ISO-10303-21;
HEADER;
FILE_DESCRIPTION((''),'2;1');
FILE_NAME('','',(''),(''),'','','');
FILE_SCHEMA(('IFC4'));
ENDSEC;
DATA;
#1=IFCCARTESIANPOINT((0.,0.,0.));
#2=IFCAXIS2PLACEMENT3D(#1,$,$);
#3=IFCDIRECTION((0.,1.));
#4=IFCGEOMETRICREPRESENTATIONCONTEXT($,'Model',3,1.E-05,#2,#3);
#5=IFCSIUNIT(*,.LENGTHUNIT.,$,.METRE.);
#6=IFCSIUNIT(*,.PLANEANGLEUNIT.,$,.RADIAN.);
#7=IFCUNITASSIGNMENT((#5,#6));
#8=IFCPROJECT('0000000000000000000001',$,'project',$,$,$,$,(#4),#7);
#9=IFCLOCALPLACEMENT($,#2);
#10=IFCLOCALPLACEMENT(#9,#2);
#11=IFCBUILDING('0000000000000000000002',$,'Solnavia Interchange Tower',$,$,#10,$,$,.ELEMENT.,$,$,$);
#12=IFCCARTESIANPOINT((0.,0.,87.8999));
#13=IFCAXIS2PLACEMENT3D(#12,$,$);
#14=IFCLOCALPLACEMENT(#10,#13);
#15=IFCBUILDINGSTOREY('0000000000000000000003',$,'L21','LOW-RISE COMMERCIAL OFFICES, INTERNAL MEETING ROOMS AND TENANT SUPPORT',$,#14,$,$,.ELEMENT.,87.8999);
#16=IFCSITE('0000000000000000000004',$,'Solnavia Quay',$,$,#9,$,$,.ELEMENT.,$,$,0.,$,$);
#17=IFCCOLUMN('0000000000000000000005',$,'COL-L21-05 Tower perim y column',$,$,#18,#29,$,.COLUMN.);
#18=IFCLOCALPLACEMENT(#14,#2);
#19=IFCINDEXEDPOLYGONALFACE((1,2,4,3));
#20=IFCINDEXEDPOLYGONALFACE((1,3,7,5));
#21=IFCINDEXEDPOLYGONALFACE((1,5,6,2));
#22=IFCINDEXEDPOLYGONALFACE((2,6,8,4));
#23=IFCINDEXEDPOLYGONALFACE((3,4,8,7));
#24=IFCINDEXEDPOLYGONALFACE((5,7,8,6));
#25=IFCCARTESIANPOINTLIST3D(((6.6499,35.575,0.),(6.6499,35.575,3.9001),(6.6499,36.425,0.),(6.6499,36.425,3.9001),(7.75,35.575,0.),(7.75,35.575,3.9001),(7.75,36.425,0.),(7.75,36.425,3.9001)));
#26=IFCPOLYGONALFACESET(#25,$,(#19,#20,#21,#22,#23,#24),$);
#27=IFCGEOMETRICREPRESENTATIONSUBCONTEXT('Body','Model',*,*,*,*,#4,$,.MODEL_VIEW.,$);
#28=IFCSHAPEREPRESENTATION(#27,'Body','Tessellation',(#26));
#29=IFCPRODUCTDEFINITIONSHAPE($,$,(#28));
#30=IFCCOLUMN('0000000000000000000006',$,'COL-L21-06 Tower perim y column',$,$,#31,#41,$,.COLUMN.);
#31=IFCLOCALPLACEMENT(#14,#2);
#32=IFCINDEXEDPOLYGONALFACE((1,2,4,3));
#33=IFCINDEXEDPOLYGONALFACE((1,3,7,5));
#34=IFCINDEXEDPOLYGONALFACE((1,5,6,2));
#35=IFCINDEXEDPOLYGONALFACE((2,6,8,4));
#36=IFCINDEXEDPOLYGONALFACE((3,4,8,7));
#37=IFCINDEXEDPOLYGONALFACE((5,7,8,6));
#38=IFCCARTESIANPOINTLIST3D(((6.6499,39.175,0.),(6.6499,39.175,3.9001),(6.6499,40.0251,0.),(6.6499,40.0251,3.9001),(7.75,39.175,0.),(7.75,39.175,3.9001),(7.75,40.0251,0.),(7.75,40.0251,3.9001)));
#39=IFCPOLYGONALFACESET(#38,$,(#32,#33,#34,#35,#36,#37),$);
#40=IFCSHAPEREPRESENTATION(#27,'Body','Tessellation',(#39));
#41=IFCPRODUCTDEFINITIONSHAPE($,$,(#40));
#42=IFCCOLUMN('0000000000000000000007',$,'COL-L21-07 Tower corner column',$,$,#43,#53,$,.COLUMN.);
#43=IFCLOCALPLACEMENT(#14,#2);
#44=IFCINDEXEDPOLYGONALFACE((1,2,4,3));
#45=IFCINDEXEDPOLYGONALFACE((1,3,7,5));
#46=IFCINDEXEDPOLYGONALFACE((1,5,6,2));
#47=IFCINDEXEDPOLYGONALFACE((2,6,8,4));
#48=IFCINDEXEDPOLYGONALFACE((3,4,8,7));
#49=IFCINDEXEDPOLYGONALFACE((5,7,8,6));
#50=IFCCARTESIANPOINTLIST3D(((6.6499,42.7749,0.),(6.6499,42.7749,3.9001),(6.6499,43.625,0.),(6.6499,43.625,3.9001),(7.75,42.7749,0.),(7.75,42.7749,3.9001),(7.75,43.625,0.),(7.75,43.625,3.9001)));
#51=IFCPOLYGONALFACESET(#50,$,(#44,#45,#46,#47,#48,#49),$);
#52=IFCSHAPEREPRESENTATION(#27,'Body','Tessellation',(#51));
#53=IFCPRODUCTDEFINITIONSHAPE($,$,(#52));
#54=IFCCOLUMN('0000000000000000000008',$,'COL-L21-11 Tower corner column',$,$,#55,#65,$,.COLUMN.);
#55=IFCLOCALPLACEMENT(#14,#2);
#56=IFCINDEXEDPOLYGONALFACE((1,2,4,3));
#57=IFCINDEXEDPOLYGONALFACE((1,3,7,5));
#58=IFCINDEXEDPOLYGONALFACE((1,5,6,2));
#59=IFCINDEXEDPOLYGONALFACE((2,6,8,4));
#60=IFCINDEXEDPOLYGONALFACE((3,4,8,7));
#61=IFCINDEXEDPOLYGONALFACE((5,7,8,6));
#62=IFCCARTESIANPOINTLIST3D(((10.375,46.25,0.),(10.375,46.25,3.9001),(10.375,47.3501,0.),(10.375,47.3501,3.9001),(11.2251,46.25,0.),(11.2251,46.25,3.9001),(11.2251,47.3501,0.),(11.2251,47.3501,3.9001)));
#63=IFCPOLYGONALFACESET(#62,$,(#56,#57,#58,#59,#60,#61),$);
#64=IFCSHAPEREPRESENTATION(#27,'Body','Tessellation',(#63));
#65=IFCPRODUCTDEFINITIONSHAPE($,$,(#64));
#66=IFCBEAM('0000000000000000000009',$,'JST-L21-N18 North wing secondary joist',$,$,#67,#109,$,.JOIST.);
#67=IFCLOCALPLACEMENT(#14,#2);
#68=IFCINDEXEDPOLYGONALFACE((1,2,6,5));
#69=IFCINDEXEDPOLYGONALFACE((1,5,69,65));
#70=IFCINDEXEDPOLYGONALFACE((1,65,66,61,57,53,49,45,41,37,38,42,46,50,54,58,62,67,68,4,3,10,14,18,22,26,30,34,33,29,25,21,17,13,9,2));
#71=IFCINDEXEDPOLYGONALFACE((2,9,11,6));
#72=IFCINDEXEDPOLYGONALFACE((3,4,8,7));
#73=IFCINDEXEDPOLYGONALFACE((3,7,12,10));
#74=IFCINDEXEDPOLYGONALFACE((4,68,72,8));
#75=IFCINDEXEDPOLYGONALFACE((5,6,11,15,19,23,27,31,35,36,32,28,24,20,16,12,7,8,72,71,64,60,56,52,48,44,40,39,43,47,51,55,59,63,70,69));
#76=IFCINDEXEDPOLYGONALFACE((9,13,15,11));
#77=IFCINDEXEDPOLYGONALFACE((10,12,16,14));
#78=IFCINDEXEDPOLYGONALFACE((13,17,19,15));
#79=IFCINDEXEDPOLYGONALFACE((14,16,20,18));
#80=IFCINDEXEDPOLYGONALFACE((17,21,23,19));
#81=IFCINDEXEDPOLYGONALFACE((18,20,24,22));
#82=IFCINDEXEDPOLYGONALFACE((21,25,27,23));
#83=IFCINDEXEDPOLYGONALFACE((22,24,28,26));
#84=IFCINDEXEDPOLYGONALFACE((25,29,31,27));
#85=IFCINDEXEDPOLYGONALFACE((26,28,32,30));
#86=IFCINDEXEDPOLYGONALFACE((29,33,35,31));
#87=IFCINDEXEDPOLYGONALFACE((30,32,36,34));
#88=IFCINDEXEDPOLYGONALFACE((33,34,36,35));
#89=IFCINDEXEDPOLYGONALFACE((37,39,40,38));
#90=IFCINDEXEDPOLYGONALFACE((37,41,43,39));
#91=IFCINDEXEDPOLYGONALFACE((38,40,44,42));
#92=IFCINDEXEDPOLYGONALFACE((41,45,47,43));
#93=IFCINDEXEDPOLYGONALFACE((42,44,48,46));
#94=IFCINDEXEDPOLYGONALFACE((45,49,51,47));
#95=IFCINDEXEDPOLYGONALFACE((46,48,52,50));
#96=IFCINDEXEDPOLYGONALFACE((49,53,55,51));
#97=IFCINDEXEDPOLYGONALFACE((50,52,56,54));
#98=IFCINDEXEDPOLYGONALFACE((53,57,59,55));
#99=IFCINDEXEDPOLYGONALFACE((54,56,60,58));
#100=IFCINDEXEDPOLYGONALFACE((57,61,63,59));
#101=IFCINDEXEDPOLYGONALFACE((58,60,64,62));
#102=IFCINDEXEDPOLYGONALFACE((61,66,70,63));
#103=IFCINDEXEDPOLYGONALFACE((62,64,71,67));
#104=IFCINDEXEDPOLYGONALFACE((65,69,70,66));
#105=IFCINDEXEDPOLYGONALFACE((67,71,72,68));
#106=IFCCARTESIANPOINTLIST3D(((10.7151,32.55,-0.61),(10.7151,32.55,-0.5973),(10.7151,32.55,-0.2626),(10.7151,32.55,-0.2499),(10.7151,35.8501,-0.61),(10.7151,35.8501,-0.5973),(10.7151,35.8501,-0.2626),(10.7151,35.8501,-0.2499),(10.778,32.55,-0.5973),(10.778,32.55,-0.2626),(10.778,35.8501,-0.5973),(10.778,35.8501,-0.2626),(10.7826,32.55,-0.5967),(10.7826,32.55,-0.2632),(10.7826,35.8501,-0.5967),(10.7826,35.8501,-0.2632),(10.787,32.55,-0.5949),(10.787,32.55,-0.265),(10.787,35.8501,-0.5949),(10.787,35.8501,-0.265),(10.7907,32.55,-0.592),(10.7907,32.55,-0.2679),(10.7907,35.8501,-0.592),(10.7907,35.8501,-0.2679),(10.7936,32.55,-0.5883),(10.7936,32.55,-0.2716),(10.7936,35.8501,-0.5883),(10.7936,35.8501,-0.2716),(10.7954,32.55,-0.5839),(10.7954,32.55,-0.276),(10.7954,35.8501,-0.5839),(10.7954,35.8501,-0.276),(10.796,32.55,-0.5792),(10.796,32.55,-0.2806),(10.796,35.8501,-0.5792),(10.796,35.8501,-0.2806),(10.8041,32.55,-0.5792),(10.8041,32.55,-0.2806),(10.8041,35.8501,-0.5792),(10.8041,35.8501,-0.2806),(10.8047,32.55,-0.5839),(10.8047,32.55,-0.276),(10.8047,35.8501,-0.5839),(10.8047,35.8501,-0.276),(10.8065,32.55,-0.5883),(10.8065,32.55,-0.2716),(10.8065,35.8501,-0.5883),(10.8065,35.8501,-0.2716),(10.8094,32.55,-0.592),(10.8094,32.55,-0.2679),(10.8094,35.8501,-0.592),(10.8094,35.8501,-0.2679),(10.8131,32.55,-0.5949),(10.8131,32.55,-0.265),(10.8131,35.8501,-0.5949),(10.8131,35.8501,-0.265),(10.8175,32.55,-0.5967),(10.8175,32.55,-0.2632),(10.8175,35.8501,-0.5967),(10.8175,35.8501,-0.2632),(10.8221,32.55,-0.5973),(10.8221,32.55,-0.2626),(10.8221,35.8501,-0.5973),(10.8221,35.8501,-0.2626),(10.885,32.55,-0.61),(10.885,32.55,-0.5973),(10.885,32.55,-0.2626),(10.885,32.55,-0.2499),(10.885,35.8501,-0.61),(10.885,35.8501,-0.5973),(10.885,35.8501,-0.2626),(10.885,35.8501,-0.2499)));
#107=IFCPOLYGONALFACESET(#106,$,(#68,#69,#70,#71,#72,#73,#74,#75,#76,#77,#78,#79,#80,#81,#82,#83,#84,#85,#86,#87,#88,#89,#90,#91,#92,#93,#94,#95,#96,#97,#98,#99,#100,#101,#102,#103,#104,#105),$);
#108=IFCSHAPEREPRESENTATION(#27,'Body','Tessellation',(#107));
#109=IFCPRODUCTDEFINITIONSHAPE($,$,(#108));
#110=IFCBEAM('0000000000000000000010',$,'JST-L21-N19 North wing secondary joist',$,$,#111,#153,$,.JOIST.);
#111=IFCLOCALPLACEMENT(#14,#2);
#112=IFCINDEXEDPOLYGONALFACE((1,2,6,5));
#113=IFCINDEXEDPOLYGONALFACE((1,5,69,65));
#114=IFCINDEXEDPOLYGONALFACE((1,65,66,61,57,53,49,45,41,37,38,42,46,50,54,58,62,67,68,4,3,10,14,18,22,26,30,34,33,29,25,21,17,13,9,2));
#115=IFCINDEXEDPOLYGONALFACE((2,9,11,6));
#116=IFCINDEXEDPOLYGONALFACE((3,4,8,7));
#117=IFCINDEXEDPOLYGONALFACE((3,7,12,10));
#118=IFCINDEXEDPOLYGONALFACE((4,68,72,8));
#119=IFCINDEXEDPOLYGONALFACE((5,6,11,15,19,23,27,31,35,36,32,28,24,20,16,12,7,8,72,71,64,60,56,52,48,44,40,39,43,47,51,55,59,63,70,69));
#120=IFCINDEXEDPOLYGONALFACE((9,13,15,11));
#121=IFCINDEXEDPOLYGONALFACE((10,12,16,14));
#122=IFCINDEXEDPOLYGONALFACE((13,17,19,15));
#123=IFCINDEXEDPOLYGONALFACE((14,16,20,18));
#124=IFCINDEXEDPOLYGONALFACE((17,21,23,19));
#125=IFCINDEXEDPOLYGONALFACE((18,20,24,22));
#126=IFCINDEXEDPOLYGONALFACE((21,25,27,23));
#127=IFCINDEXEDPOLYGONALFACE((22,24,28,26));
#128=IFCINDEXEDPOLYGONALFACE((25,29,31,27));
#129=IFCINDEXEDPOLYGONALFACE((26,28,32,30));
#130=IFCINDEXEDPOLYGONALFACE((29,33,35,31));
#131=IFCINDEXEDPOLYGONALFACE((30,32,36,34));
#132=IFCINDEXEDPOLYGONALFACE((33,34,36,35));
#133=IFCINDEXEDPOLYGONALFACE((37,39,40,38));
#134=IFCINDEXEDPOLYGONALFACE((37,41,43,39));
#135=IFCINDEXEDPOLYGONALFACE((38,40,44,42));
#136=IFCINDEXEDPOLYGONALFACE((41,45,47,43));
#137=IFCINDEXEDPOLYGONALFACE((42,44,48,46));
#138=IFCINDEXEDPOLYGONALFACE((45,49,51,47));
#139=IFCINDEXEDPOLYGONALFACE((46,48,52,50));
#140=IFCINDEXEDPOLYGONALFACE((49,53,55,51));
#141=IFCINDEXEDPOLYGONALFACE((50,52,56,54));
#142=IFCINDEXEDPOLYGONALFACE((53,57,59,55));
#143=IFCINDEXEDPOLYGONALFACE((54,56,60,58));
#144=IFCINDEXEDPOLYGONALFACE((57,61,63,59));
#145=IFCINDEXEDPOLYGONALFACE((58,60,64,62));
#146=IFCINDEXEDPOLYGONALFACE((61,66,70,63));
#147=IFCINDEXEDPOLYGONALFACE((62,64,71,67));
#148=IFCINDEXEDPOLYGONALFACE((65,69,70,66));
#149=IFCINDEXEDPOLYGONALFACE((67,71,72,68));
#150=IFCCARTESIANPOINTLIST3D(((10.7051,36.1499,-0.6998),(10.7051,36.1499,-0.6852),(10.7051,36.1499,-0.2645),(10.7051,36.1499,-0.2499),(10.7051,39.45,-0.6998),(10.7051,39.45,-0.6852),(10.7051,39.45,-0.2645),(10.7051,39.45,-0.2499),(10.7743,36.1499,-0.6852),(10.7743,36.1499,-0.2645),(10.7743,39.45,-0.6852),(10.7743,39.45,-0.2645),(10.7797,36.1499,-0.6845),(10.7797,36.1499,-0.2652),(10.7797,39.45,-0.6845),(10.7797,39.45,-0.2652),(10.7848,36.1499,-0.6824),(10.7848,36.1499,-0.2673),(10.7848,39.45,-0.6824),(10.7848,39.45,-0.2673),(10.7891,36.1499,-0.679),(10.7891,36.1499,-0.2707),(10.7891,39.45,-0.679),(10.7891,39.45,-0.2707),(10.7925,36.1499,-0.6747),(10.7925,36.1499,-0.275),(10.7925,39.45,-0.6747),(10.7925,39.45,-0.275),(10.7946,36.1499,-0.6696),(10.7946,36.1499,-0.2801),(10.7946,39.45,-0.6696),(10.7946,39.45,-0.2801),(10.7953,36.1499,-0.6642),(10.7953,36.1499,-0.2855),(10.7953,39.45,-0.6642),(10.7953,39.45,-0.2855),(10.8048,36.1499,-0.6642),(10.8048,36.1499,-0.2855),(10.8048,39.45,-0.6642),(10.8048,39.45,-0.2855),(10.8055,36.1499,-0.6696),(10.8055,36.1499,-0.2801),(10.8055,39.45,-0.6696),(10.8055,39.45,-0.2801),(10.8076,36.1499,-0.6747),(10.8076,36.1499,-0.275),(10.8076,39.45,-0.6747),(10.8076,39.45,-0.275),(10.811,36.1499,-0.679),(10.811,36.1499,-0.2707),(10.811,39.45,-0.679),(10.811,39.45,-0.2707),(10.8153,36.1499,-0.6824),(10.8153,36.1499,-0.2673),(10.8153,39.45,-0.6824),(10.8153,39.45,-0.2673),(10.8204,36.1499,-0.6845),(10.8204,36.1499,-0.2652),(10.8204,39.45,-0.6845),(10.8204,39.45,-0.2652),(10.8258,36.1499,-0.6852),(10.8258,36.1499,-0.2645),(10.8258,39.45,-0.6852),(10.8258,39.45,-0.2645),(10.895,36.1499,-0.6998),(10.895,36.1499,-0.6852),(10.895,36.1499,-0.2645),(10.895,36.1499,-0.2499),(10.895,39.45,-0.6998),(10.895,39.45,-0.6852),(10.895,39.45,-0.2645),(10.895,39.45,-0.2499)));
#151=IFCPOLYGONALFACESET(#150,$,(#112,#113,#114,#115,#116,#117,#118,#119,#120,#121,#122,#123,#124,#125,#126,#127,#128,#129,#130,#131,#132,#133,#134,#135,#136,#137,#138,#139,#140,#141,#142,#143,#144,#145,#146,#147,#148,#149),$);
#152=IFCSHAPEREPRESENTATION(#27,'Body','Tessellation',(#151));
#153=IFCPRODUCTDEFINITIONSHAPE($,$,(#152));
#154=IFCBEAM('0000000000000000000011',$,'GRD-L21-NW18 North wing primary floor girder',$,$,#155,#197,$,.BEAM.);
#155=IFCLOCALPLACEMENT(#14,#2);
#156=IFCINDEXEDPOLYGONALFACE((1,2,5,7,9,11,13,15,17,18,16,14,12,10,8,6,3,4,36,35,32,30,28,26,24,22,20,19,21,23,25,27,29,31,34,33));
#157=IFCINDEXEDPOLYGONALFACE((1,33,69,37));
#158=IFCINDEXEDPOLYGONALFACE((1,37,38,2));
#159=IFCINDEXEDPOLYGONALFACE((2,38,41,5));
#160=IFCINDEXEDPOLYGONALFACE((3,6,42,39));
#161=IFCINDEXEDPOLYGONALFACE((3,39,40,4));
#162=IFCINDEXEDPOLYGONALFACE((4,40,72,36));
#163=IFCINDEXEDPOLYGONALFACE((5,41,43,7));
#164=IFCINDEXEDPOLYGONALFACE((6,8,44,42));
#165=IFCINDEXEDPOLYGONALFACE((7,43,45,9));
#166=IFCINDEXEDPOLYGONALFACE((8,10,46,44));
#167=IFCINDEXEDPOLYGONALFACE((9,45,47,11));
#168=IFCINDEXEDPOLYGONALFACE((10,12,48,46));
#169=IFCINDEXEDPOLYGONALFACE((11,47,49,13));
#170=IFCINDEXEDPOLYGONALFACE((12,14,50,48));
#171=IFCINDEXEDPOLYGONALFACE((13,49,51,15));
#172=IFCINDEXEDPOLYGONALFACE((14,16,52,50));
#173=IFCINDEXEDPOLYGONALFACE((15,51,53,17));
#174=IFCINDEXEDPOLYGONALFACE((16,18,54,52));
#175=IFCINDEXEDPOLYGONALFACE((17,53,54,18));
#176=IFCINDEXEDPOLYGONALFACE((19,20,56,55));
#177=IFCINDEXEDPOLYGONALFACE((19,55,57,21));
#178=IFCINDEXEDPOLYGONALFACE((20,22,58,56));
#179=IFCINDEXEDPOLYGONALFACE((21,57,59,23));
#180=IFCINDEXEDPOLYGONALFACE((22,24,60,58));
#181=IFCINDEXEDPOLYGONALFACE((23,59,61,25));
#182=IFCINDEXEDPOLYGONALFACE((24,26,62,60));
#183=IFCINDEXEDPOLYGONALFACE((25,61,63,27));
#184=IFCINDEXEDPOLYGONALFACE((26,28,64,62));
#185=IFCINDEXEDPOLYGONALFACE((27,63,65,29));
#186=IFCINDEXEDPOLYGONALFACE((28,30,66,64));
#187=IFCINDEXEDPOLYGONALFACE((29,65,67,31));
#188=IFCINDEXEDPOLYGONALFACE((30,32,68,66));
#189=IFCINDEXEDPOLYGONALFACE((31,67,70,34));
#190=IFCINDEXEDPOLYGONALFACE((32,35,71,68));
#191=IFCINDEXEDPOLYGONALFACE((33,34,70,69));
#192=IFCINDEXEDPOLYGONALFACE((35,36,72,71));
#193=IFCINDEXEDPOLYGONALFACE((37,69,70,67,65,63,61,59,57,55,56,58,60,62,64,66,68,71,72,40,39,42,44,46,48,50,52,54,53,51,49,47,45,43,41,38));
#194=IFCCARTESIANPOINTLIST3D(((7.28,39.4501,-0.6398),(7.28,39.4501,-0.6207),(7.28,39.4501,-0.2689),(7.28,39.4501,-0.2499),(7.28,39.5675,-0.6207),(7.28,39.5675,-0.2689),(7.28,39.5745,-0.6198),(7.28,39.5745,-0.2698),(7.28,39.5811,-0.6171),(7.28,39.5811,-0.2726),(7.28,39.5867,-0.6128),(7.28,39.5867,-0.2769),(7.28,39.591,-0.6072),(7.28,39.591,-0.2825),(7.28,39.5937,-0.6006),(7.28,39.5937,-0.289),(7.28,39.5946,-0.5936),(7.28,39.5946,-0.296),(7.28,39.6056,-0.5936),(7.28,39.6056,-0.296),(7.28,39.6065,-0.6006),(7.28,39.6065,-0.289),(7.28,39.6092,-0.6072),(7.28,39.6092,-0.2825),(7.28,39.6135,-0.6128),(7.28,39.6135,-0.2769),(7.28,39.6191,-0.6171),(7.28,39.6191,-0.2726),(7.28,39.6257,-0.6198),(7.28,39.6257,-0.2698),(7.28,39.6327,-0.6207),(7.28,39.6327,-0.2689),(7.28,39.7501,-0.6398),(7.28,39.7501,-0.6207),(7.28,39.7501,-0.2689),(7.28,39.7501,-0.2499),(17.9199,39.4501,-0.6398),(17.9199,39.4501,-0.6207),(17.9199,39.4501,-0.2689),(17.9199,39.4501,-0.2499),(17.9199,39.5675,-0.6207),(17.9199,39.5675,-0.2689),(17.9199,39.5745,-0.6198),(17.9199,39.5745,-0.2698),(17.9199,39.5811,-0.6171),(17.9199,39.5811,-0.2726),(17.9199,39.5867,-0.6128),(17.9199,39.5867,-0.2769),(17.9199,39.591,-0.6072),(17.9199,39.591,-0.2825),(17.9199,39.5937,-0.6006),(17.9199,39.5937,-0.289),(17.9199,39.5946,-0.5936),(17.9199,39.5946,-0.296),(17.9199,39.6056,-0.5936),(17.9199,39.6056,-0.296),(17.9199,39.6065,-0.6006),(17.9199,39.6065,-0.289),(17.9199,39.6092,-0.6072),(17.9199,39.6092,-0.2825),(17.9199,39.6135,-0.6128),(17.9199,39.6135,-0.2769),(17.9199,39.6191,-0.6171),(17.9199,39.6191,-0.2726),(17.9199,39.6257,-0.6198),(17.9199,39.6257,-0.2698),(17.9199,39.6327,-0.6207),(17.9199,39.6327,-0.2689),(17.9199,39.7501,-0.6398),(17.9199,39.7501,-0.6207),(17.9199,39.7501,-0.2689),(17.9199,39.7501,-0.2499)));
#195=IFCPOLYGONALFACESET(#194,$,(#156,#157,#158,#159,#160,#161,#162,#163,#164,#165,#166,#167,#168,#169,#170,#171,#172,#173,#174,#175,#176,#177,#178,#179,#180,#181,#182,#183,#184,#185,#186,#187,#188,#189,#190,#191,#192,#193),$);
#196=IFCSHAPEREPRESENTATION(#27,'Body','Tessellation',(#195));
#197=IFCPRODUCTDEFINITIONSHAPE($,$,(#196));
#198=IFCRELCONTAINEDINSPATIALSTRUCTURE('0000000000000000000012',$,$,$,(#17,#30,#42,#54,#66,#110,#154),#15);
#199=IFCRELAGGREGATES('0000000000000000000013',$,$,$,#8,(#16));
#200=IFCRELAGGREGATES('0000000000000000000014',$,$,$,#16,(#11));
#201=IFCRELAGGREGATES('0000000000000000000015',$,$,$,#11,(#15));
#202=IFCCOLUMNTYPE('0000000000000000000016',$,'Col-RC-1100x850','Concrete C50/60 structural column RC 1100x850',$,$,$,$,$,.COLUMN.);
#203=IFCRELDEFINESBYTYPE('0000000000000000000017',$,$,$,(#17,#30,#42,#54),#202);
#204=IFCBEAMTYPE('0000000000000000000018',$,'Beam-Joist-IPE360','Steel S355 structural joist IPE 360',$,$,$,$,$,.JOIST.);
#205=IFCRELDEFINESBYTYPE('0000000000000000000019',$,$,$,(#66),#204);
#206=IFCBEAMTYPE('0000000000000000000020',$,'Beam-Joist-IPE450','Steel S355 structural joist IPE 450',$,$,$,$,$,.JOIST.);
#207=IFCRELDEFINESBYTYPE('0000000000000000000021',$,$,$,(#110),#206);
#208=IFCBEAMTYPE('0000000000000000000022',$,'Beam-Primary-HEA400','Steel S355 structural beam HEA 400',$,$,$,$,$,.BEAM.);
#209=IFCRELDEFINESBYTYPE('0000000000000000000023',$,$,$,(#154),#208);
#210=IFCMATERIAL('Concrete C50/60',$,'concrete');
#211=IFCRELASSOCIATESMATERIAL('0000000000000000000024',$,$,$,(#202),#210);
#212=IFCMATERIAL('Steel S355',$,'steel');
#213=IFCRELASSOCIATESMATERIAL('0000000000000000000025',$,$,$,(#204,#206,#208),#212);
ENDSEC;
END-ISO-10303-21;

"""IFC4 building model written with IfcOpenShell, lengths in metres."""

from ifc_helpers import new_model, si_unit, direction, frame, origin, origin_2d, place, context, subcontext, project, spatial, rectangle, i_section, extrude, material, material_profile, profile_set, type_object, element, save


model = new_model("IFC4")

# Units and contexts
model_context = context("Model", 3, precision=1e-05, world=origin(), true_north=direction((0.0, 1.0)))
body_context = subcontext(model_context, "Body", "Model", "MODEL_VIEW")
ifc_project = project(units=[si_unit("LENGTHUNIT", "METRE"), si_unit("PLANEANGLEUNIT", "RADIAN")], contexts=[model_context])

# Site, building, storey
site_placement = place(None, origin())
site = spatial("IfcSite", under=ifc_project, at=site_placement, Name="Solnavia Quay", CompositionType="ELEMENT", RefElevation=0.0)
building_placement = place(site_placement, origin())
building = spatial("IfcBuilding", under=site, at=building_placement, Name="Solnavia Interchange Tower", CompositionType="ELEMENT")
storey_placement = place(building_placement, frame((0.0, 0.0, 87.8999)))
storey = spatial("IfcBuildingStorey", under=building, at=storey_placement, Name="L21", Description="LOW-RISE COMMERCIAL OFFICES, INTERNAL MEETING ROOMS AND TENANT SUPPORT", CompositionType="ELEMENT", Elevation=87.8999)

# Columns
ifc_material_1 = material(Name="Concrete C50/60", Category="concrete")
ifc_material_profile_1 = material_profile(ifc_material_1, rectangle(XDim=0.8501, YDim=1.1001, at=origin_2d()), Name="RC 1100x850")
ifc_profile_set_1 = profile_set([ifc_material_profile_1], Name="Concrete C50/60")
column_type = type_object("IfcColumnType", Name="Col-RC-1100x850", Description="Concrete C50/60 structural column RC 1100x850", PredefinedType="COLUMN", material=ifc_profile_set_1)
for number, where, z_axis, x_axis, name in (
    (1, (7.2, 36.0, 0.0), (0.0, 0.0, 1.0), (0.0, 1.0, 0.0), "COL-L21-05 Tower perim y column"),
    (2, (7.2, 39.6001, 0.0), (0.0, 0.0, 1.0), (0.0, 1.0, 0.0), "COL-L21-06 Tower perim y column"),
    (3, (7.2, 43.2, 0.0), (0.0, 0.0, 1.0), (0.0, 1.0, 0.0), "COL-L21-07 Tower corner column"),
    (4, (10.8, 46.8, 0.0), (0.0, 0.0, 1.0), (1.0, 0.0, 0.0), "COL-L21-11 Tower corner column"),
):
    element("IfcColumn", number, at=place(storey_placement, frame(where, z_axis=z_axis, x_axis=x_axis)), inside=storey, type_object=column_type, Name=name, PredefinedType="COLUMN", context=body_context, shape_type="SweptSolid", body=[
        extrude(rectangle(XDim=0.8501, YDim=1.1001, at=origin_2d()), origin(), (0.0, 0.0, 1.0), 3.9001),
    ])

# Beams
ifc_material_2 = material(Name="Steel S355", Category="steel")
ifc_material_profile_2 = material_profile(ifc_material_2, i_section(OverallWidth=0.1699, OverallDepth=0.3601, WebThickness=0.0081, FlangeThickness=0.0127, FilletRadius=0.0181, at=origin_2d()), Name="IPE 360")
ifc_profile_set_2 = profile_set([ifc_material_profile_2], Name="Steel S355")
beam_type_1 = type_object("IfcBeamType", Name="Beam-Joist-IPE360", Description="Steel S355 structural joist IPE 360", PredefinedType="JOIST", material=ifc_profile_set_2)
beam_1_placement = place(storey_placement, frame((10.8, 32.55, -0.4299), z_axis=(0.0, 1.0, 0.0), x_axis=(-1.0, 0.0, 0.0)))
element("IfcBeam", 5, at=beam_1_placement, inside=storey, type_object=beam_type_1, Name="JST-L21-N18 North wing secondary joist", PredefinedType="JOIST", context=body_context, shape_type="SweptSolid", body=[
    extrude(i_section(OverallWidth=0.1699, OverallDepth=0.3601, WebThickness=0.0081, FlangeThickness=0.0127, FilletRadius=0.0181, at=origin_2d()), origin(), (0.0, 0.0, 1.0), 3.3),
])
ifc_material_profile_3 = material_profile(ifc_material_2, i_section(OverallWidth=0.1899, OverallDepth=0.45, WebThickness=0.0095, FlangeThickness=0.0146, FilletRadius=0.021, at=origin_2d()), Name="IPE 450")
ifc_profile_set_3 = profile_set([ifc_material_profile_3], Name="Steel S355")
beam_type_2 = type_object("IfcBeamType", Name="Beam-Joist-IPE450", Description="Steel S355 structural joist IPE 450", PredefinedType="JOIST", material=ifc_profile_set_3)
beam_2_placement = place(storey_placement, frame((10.8, 36.1499, -0.4749), z_axis=(0.0, 1.0, 0.0), x_axis=(-1.0, 0.0, 0.0)))
element("IfcBeam", 6, at=beam_2_placement, inside=storey, type_object=beam_type_2, Name="JST-L21-N19 North wing secondary joist", PredefinedType="JOIST", context=body_context, shape_type="SweptSolid", body=[
    extrude(i_section(OverallWidth=0.1899, OverallDepth=0.45, WebThickness=0.0095, FlangeThickness=0.0146, FilletRadius=0.021, at=origin_2d()), origin(), (0.0, 0.0, 1.0), 3.3),
])
ifc_material_profile_4 = material_profile(ifc_material_2, i_section(OverallWidth=0.3, OverallDepth=0.3899, WebThickness=0.011, FlangeThickness=0.019, FilletRadius=0.0271, at=origin_2d()), Name="HEA 400")
ifc_profile_set_4 = profile_set([ifc_material_profile_4], Name="Steel S355")
beam_type_3 = type_object("IfcBeamType", Name="Beam-Primary-HEA400", Description="Steel S355 structural beam HEA 400", PredefinedType="BEAM", material=ifc_profile_set_4)
beam_3_placement = place(storey_placement, frame((7.28, 39.6001, -0.4448), z_axis=(1.0, 0.0, 0.0), x_axis=(0.0, 1.0, 0.0)))
element("IfcBeam", 7, at=beam_3_placement, inside=storey, type_object=beam_type_3, Name="GRD-L21-NW18 North wing primary floor girder", PredefinedType="BEAM", context=body_context, shape_type="SweptSolid", body=[
    extrude(i_section(OverallWidth=0.3, OverallDepth=0.3899, WebThickness=0.011, FlangeThickness=0.019, FilletRadius=0.0271, at=origin_2d()), origin(), (0.0, 0.0, 1.0), 10.6399),
])

save(model, "model.ifc")
